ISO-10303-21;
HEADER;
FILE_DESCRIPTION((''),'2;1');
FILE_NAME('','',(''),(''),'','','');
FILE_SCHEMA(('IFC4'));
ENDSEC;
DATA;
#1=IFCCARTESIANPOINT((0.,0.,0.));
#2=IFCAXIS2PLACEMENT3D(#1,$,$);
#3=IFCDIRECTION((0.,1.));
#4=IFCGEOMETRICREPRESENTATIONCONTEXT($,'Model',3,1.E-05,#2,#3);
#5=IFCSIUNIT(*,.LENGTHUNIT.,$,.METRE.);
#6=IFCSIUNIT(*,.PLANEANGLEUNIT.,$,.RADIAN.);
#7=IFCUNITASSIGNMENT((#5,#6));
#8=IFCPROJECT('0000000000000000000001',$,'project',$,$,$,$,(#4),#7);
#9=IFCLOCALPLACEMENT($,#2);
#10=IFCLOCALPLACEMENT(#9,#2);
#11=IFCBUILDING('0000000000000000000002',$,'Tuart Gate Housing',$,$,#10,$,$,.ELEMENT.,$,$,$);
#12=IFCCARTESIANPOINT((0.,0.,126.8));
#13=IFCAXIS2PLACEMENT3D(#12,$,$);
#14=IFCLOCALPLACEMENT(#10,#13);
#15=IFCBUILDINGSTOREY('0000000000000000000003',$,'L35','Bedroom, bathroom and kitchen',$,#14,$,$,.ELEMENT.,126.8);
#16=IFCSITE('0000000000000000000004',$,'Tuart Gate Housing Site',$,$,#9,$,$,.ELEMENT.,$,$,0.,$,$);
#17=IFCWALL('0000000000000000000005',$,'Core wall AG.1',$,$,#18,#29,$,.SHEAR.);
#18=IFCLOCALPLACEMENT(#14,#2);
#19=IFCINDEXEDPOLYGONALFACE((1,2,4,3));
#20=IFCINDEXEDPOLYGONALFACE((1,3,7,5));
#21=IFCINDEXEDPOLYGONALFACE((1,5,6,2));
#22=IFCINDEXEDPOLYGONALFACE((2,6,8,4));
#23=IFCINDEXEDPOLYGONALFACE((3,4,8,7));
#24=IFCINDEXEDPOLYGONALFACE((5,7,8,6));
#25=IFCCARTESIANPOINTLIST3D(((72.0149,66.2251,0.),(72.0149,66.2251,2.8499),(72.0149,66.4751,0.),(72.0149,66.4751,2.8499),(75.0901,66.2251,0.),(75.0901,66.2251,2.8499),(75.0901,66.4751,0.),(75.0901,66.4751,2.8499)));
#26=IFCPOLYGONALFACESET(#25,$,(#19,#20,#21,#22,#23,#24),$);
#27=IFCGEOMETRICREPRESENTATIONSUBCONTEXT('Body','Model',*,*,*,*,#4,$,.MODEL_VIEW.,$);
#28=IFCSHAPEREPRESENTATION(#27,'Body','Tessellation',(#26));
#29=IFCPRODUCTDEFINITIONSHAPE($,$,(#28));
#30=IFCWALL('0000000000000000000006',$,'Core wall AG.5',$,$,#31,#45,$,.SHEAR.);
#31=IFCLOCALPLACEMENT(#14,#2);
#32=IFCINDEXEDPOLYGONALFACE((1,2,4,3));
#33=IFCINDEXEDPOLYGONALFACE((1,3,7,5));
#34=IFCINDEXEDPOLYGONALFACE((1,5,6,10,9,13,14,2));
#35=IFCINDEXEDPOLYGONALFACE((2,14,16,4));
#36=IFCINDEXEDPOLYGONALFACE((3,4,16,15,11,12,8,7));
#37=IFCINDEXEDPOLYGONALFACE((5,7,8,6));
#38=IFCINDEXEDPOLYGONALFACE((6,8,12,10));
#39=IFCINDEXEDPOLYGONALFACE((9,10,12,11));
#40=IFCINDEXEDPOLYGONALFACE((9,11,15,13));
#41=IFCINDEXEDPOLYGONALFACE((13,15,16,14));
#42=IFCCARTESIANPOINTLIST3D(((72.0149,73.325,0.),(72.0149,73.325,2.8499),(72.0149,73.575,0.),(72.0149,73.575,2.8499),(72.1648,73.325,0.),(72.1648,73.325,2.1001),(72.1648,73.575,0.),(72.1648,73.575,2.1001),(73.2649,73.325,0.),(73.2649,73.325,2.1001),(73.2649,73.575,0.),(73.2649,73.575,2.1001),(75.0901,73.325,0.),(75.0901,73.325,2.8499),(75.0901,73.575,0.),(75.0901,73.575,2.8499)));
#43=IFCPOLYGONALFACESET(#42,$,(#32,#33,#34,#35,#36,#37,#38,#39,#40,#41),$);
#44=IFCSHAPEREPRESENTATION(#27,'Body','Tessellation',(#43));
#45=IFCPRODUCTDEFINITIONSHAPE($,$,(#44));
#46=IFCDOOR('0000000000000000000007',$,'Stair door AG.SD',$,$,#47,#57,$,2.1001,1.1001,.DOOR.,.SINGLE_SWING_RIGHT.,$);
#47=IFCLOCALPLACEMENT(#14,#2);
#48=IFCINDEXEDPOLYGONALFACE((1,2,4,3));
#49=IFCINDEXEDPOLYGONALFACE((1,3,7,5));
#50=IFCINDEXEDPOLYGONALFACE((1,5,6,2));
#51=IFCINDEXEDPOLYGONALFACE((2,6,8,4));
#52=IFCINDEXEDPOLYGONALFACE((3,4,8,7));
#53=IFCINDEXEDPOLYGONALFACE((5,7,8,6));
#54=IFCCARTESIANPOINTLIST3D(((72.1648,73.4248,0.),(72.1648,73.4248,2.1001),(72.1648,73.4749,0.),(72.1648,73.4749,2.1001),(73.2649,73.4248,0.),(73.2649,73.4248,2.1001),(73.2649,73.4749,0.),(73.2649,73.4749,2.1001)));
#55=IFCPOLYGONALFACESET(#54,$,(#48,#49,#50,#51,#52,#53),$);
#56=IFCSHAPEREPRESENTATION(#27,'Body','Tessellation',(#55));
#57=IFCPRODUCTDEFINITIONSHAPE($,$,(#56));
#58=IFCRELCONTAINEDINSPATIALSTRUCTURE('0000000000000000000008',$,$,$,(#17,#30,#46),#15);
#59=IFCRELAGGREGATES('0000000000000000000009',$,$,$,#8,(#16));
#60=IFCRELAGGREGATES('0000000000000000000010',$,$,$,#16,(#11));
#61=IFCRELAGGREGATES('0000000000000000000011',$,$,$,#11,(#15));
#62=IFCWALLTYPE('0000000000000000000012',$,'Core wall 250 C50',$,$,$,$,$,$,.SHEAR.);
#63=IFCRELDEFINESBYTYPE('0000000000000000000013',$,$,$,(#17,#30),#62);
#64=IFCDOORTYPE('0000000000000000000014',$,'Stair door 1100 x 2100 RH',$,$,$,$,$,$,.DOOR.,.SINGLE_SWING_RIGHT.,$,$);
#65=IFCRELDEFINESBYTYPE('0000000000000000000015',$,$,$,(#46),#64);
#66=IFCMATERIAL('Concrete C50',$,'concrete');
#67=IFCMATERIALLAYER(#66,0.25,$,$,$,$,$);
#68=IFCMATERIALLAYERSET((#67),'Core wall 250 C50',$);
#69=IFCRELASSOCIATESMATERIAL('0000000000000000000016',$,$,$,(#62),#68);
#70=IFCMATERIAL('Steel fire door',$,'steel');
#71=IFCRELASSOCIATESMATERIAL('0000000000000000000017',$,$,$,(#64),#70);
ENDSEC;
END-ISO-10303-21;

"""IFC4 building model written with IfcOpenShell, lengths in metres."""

from ifc_helpers import new_model, si_unit, direction, frame, frame_2d, origin, place, context, subcontext, project, spatial, rectangle, extrude, material, layer, layer_set, type_object, element, fill, save


model = new_model("IFC4")

# Units and contexts
model_context = context("Model", 3, precision=1e-05, world=origin(), true_north=direction((0.0, 1.0)))
body_context = subcontext(model_context, "Body", "Model", "MODEL_VIEW")
ifc_project = project(units=[si_unit("LENGTHUNIT", "METRE"), si_unit("PLANEANGLEUNIT", "RADIAN")], contexts=[model_context])

# Site, building, storey
site_placement = place(None, origin())
site = spatial("IfcSite", under=ifc_project, at=site_placement, Name="Tuart Gate Housing Site", CompositionType="ELEMENT", RefElevation=0.0)
building_placement = place(site_placement, origin())
building = spatial("IfcBuilding", under=site, at=building_placement, Name="Tuart Gate Housing", CompositionType="ELEMENT")
storey_placement = place(building_placement, frame((0.0, 0.0, 126.8)))
storey = spatial("IfcBuildingStorey", under=building, at=storey_placement, Name="L35", Description="Bedroom, bathroom and kitchen", CompositionType="ELEMENT", Elevation=126.8)

# Wall
ifc_material_1 = material(Name="Concrete C50", Category="concrete")
ifc_layer = layer(ifc_material_1, 0.25)
ifc_layer_set = layer_set([ifc_layer], Name="Core wall 250 C50")
wall_type = type_object("IfcWallType", Name="Core wall 250 C50", PredefinedType="SHEAR", material=ifc_layer_set)
wall_1_placement = place(storey_placement, frame((72.0149, 66.3501, 0.0), z_axis=(0.0, 0.0, 1.0), x_axis=(1.0, 0.0, 0.0)))
element("IfcWall", 1, at=wall_1_placement, inside=storey, type_object=wall_type, Name="Core wall AG.1", PredefinedType="SHEAR", context=body_context, shape_type="SweptSolid", body=[
    extrude(rectangle(XDim=3.0752, YDim=0.25, at=frame_2d((1.5376, 0.0))), origin(), (0.0, 0.0, 1.0), 2.8499),
])

# Wall, opening, door
wall_2_placement = place(storey_placement, frame((72.0149, 73.45, 0.0), z_axis=(0.0, 0.0, 1.0), x_axis=(1.0, 0.0, 0.0)))
wall_2 = element("IfcWall", 2, at=wall_2_placement, inside=storey, type_object=wall_type, Name="Core wall AG.5", PredefinedType="SHEAR", context=body_context, shape_type="SweptSolid", body=[
    extrude(rectangle(XDim=3.0752, YDim=0.25, at=frame_2d((1.5376, 0.0))), origin(), (0.0, 0.0, 1.0), 2.8499),
])
opening_placement = place(wall_2_placement, frame((0.1499, 0.0, 0.0)))
opening = element("IfcOpeningElement", 3, at=opening_placement, cuts=wall_2, PredefinedType="OPENING", context=body_context, shape_type="SweptSolid", body=[
    extrude(rectangle(XDim=1.1001, YDim=2.1001, at=frame_2d((0.55, 1.05))), frame((0.0, 0.135, 0.0), z_axis=(0.0, -1.0, 0.0), x_axis=(1.0, 0.0, 0.0)), (0.0, 0.0, 1.0), 0.27),
])
ifc_material_2 = material(Name="Steel fire door", Category="steel")
door_type = type_object("IfcDoorType", Name="Stair door 1100 x 2100 RH", OperationType="SINGLE_SWING_RIGHT", PredefinedType="DOOR", material=ifc_material_2)
door_placement = place(opening_placement, frame((1.1001, 0.0, 0.0), z_axis=(0.0, 0.0, 1.0), x_axis=(-1.0, 0.0, 0.0)))
door = element("IfcDoor", 4, at=door_placement, inside=storey, type_object=door_type, Name="Stair door AG.SD", OperationType="SINGLE_SWING_RIGHT", OverallHeight=2.1001, OverallWidth=1.1001, PredefinedType="DOOR", context=body_context, shape_type="SweptSolid", body=[
    extrude(rectangle(XDim=1.1001, YDim=2.1001, at=frame_2d((0.55, 1.05))), frame((0.0, 0.0251, 0.0), z_axis=(0.0, -1.0, 0.0), x_axis=(1.0, 0.0, 0.0)), (0.0, 0.0, 1.0), 0.05),
])
fill(opening, door)

save(model, "model.ifc")
